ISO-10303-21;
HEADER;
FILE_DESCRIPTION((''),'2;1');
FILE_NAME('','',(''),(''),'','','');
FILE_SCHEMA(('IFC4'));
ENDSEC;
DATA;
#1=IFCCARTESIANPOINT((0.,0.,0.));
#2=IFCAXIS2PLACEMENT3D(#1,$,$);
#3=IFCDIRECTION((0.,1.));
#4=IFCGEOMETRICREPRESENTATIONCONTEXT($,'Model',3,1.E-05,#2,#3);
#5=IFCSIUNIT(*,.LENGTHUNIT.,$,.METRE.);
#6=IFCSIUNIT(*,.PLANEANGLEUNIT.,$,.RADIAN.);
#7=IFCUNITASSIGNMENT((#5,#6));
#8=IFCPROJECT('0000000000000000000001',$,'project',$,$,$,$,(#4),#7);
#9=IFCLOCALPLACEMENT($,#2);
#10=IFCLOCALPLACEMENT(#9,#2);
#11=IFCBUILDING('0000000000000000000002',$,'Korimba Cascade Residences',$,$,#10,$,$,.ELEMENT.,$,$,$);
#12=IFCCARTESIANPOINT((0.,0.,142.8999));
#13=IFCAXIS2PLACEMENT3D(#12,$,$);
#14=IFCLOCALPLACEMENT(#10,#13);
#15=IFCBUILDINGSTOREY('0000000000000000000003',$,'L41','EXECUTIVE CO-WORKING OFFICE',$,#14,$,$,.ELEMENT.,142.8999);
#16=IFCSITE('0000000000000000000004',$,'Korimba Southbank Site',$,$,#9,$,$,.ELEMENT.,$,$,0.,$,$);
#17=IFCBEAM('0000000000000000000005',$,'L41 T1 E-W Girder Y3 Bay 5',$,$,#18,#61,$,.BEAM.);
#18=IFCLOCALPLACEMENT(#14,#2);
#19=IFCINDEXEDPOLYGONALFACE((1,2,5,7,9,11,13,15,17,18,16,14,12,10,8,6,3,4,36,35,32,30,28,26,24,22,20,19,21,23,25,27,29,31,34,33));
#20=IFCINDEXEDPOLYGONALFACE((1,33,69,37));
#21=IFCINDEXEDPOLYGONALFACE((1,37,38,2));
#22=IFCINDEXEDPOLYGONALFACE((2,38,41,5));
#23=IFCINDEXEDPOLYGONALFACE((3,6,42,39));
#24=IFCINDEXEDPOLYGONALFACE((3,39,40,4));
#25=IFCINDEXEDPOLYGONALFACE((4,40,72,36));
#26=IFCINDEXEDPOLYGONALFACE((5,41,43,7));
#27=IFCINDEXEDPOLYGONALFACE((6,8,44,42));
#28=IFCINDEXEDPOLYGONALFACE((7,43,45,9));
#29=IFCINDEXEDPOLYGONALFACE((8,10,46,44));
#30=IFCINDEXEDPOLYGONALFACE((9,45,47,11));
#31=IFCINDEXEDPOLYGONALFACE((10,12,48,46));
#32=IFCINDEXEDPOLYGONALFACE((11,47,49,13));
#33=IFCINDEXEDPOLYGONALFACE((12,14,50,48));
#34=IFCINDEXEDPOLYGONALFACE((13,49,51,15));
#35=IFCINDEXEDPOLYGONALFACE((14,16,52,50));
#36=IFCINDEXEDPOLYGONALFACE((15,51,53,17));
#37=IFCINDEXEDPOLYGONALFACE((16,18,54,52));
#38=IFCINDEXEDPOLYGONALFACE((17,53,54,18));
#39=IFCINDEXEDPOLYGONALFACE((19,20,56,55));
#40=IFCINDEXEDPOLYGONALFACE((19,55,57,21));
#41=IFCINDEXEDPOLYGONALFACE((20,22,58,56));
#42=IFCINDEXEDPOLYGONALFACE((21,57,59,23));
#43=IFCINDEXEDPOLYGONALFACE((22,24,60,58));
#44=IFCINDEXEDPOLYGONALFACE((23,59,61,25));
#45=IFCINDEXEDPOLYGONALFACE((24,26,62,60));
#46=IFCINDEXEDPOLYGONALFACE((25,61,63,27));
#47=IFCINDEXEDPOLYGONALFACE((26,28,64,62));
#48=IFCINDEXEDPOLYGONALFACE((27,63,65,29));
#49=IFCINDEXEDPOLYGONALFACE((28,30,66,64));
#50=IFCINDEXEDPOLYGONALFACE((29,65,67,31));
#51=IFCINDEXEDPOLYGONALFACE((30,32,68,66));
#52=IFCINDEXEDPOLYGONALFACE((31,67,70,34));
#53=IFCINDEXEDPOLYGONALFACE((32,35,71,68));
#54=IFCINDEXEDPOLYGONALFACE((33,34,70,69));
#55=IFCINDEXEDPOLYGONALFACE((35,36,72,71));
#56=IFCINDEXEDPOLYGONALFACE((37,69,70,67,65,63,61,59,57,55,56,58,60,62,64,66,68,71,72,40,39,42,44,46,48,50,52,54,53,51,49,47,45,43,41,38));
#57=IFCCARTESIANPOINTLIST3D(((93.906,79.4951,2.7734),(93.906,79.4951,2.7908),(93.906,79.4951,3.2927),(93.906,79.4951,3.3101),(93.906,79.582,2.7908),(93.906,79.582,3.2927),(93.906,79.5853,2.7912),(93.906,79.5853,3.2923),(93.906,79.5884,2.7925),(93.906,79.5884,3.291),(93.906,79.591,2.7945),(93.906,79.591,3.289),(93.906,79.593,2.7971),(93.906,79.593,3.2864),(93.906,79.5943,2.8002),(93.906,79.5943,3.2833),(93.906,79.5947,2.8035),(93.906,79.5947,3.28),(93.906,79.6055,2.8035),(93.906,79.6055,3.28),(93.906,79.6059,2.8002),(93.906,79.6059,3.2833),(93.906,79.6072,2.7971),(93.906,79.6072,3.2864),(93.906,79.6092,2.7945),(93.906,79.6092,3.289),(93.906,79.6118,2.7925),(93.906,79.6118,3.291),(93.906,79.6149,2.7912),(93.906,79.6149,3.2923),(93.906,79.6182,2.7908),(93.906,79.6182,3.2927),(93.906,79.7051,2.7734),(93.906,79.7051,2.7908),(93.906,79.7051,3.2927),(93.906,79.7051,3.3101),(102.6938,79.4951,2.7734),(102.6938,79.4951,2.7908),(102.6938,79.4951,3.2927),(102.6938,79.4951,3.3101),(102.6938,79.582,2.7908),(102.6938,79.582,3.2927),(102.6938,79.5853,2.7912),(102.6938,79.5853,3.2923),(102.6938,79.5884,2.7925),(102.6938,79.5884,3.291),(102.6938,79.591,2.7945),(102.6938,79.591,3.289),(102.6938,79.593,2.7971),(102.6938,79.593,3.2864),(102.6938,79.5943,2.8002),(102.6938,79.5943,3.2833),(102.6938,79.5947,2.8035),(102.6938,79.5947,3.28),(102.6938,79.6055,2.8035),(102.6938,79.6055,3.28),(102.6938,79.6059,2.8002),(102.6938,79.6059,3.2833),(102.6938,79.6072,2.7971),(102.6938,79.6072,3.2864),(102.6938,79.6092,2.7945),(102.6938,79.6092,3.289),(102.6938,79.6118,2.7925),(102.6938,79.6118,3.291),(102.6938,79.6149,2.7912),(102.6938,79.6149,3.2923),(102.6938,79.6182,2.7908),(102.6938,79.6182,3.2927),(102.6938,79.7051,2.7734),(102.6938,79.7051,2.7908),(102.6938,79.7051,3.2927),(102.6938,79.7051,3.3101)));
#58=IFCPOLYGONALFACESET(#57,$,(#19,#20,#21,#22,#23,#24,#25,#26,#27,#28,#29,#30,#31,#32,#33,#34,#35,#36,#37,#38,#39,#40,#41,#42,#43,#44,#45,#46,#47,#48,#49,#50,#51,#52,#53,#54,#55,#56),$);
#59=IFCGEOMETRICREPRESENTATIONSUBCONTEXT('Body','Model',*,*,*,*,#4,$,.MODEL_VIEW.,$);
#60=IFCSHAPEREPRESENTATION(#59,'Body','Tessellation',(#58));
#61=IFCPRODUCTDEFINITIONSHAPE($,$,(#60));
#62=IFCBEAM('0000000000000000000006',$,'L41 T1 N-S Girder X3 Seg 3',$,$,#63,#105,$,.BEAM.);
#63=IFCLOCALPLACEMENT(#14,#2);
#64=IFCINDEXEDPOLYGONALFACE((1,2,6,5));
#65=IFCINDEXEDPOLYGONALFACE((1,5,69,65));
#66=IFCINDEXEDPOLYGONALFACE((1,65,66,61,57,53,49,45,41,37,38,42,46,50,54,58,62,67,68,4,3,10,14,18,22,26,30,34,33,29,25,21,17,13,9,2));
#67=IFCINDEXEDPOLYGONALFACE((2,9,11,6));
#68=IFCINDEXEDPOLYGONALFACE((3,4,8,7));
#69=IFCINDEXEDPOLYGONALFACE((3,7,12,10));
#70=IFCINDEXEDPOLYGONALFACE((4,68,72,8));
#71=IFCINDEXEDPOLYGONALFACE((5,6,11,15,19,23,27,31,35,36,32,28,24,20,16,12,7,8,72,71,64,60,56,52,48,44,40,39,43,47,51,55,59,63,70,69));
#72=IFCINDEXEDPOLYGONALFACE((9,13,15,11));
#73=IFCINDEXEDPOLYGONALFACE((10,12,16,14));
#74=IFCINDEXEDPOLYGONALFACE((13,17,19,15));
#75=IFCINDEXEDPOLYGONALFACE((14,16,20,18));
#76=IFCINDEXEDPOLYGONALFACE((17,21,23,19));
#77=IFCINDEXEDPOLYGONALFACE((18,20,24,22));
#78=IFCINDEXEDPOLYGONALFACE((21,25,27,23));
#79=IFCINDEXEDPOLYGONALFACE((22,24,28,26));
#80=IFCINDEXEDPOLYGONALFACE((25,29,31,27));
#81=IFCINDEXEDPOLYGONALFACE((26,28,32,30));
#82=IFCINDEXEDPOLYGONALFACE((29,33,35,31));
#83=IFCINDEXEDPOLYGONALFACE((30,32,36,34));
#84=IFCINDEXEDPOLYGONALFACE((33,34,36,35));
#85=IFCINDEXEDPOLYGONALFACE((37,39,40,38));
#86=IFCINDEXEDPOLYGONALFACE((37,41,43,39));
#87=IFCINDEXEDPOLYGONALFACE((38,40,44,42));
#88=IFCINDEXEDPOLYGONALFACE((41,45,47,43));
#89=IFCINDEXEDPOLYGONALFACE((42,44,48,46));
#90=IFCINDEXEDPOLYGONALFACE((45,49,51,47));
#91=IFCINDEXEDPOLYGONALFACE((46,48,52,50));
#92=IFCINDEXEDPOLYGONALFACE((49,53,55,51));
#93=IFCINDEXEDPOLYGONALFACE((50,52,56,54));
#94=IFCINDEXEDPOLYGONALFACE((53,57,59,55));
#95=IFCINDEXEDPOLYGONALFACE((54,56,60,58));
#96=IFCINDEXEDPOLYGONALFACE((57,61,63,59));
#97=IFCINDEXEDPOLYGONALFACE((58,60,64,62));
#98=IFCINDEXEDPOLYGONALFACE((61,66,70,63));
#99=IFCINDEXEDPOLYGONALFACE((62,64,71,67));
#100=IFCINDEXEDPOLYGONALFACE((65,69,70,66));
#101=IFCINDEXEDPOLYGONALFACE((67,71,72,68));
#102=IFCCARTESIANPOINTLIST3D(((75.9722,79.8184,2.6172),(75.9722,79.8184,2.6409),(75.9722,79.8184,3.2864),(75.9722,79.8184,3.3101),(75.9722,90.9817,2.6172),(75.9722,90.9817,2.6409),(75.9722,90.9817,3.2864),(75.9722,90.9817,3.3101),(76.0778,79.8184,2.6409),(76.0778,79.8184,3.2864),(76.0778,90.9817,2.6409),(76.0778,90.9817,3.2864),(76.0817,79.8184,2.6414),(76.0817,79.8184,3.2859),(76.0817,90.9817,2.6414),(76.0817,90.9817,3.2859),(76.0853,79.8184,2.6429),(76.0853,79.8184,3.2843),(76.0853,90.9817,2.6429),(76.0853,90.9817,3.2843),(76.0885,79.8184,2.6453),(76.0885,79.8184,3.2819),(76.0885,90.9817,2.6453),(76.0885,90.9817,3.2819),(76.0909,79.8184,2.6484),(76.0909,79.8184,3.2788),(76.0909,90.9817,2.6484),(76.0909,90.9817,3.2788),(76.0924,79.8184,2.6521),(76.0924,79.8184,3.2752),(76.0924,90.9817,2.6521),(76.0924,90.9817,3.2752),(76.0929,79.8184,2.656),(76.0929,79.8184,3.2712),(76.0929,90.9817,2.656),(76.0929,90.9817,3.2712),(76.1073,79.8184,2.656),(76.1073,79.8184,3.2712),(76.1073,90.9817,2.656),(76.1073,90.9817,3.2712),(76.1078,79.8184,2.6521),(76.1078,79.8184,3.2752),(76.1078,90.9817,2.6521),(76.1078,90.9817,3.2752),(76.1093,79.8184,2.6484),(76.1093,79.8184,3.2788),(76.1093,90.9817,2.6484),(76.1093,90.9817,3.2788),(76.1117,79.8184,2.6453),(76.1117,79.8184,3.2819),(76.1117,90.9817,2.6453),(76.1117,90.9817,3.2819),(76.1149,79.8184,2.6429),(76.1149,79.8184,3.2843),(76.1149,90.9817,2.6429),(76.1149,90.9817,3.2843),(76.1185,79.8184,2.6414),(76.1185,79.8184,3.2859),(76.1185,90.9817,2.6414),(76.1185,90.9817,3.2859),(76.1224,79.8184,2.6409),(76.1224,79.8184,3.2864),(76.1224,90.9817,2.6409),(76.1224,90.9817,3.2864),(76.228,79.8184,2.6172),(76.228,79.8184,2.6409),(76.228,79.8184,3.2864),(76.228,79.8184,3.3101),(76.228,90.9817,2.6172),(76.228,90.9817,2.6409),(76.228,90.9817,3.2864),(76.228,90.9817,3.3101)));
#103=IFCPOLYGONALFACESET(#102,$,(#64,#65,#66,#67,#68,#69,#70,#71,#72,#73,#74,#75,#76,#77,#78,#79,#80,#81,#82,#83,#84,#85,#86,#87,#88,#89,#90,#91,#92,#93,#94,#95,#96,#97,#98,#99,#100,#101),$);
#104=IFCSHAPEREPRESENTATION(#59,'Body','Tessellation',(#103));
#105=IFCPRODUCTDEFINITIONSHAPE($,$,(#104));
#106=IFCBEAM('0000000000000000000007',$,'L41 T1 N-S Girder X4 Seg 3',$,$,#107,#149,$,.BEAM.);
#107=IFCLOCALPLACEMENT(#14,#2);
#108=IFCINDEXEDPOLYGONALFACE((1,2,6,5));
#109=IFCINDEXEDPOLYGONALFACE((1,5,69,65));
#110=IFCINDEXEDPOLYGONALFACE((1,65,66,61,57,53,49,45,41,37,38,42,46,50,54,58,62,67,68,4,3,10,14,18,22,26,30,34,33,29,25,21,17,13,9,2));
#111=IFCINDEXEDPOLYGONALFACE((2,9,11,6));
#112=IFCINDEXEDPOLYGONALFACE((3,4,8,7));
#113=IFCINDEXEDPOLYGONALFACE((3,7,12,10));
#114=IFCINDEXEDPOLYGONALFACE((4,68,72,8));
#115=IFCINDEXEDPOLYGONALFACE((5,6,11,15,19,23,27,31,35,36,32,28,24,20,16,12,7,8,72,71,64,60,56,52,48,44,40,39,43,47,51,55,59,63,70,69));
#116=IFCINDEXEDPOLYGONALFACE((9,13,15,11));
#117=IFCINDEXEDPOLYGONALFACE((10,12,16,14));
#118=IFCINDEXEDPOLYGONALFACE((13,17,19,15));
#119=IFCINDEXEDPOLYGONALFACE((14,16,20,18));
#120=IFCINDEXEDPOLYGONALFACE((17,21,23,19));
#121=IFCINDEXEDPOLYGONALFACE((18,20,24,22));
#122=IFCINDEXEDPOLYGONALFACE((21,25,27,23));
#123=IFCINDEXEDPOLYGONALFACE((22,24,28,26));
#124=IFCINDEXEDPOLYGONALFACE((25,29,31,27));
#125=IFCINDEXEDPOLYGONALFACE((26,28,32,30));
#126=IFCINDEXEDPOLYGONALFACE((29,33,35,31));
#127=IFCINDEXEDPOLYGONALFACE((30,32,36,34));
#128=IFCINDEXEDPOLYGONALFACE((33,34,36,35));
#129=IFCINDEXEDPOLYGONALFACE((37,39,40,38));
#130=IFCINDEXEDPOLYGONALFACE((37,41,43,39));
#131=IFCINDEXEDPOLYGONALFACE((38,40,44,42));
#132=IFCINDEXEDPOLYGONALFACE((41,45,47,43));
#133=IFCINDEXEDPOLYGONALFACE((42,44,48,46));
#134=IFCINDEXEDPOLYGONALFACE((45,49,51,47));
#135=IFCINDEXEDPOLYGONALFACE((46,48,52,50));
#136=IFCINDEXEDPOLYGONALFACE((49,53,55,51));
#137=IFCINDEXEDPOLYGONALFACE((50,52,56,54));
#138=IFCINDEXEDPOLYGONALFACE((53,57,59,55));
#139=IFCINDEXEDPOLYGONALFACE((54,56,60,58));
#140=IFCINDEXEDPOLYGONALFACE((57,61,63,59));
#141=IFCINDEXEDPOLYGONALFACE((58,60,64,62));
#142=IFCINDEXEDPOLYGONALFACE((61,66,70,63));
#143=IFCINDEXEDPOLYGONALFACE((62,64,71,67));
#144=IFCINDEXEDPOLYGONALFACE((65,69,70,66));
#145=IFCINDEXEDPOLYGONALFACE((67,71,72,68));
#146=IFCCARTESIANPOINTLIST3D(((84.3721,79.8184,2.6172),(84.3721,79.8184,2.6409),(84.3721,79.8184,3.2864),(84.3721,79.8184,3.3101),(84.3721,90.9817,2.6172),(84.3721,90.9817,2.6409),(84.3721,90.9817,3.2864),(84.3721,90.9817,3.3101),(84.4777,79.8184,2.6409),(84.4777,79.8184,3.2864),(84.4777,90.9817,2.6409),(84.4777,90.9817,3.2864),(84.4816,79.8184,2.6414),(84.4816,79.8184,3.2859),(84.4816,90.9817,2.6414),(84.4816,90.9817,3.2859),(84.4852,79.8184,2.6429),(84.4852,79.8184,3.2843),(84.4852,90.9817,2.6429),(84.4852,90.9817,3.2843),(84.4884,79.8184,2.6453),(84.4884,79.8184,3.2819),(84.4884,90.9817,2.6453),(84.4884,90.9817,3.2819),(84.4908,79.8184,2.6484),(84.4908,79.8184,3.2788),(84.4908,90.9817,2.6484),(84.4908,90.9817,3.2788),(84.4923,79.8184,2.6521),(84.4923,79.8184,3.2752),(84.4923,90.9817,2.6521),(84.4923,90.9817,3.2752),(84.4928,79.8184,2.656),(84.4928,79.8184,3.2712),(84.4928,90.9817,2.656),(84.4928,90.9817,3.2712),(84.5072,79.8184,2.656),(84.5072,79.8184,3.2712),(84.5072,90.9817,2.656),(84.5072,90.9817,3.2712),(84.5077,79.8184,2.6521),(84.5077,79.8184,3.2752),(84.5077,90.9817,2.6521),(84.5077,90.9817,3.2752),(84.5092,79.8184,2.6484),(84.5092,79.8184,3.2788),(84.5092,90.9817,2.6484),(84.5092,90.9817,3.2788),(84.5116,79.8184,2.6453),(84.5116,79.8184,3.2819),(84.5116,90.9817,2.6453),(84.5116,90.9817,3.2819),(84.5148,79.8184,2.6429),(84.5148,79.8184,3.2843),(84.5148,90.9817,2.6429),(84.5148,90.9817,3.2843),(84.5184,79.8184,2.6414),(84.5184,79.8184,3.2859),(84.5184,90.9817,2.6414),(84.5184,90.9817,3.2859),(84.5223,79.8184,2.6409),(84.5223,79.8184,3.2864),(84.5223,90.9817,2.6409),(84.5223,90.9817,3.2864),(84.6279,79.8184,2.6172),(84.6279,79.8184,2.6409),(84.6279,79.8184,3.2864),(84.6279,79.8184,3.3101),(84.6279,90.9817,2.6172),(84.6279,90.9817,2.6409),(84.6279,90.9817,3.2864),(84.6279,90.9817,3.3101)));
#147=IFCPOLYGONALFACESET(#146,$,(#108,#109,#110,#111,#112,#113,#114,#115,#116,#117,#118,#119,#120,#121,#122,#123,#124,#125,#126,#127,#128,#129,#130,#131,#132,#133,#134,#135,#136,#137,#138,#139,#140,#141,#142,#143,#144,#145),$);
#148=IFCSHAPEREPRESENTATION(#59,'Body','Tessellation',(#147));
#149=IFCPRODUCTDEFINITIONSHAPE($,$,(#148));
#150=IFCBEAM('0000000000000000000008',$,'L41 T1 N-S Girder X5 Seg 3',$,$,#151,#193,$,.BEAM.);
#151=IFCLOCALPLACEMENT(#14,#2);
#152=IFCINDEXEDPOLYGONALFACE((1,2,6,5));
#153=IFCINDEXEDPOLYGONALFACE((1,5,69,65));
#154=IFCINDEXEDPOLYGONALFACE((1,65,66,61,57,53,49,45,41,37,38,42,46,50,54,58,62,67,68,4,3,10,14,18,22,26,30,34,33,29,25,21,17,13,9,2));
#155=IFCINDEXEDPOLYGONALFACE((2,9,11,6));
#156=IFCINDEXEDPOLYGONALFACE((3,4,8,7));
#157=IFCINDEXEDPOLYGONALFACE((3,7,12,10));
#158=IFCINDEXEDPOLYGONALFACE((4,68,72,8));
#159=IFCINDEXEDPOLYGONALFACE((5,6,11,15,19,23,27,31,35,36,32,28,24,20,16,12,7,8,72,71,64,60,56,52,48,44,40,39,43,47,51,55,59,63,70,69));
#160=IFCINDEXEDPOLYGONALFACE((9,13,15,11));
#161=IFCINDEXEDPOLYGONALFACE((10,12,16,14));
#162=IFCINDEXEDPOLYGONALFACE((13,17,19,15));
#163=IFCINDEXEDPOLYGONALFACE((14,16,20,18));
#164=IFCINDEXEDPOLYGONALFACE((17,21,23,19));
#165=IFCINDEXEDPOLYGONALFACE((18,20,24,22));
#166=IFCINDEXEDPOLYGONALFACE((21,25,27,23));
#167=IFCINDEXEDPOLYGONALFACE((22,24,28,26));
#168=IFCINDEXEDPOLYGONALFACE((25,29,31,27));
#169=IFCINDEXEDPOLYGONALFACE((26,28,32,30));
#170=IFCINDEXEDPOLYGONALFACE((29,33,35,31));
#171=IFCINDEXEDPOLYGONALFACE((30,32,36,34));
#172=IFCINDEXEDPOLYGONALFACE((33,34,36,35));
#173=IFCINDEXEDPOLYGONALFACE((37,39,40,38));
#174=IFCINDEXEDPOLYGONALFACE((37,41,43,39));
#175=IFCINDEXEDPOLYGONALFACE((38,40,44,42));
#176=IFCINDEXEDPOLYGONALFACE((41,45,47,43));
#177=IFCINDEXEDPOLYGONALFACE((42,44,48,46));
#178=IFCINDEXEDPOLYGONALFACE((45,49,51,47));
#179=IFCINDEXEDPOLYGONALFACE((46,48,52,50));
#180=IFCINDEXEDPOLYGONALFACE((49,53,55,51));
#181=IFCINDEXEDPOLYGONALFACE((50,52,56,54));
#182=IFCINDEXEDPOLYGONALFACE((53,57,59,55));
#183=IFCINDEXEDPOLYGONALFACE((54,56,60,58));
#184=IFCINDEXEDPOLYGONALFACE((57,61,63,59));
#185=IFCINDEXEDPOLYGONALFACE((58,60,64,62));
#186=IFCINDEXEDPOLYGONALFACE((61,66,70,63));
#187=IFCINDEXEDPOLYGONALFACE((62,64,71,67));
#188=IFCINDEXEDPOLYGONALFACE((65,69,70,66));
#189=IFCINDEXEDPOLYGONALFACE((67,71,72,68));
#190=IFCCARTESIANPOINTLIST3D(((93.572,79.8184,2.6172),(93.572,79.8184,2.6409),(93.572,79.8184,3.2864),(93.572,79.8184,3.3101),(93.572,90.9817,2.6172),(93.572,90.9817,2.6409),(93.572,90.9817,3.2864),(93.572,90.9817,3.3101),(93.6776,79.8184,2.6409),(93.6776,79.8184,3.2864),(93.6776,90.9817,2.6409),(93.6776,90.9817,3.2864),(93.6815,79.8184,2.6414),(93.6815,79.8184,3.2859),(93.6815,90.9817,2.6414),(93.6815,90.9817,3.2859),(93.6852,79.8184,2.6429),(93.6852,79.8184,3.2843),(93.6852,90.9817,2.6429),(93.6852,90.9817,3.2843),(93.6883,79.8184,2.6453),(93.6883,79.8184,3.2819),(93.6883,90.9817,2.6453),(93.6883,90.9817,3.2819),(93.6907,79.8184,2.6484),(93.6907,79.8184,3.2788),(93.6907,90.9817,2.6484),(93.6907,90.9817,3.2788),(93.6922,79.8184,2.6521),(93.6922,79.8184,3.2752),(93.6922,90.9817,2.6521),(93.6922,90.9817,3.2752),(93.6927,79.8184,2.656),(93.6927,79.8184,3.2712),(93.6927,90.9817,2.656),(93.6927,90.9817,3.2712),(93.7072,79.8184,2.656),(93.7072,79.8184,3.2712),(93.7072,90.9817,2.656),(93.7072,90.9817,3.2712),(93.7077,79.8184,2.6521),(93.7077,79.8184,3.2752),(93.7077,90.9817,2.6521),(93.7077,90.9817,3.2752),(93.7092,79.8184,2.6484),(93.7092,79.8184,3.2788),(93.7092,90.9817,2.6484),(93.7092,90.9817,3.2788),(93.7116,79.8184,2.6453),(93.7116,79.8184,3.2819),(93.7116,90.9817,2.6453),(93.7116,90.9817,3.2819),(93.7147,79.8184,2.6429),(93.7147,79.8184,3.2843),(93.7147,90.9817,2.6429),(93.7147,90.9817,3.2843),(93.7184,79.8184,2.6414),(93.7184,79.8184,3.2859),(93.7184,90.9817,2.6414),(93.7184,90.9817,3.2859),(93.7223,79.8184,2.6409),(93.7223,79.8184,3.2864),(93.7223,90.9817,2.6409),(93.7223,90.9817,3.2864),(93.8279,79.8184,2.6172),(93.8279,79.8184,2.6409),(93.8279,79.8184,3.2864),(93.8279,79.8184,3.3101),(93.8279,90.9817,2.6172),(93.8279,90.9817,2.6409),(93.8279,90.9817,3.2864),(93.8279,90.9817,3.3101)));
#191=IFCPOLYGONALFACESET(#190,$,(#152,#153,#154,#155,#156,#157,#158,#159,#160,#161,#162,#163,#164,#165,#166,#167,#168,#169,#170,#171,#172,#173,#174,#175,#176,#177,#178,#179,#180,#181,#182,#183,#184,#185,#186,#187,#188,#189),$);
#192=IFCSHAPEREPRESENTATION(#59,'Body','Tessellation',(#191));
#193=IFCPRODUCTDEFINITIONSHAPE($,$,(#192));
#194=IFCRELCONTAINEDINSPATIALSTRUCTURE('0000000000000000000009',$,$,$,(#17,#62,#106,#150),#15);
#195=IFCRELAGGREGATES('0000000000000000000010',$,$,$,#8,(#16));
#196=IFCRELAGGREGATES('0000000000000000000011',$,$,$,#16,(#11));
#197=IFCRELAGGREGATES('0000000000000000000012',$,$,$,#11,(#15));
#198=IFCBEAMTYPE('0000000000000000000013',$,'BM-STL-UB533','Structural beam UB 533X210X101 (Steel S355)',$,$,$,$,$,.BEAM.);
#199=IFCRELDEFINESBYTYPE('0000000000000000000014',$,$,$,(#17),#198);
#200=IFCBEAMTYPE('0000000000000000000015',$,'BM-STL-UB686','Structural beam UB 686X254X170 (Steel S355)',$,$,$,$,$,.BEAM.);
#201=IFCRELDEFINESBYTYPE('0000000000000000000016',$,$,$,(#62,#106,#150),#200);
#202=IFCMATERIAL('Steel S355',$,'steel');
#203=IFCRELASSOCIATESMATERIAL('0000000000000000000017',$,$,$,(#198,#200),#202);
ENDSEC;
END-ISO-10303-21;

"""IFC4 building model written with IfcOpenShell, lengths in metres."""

from ifc_helpers import new_model, si_unit, direction, frame, origin, origin_2d, place, context, subcontext, project, spatial, i_section, extrude, material, material_profile, profile_set, type_object, element, save


model = new_model("IFC4")

# Units and contexts
model_context = context("Model", 3, precision=1e-05, world=origin(), true_north=direction((0.0, 1.0)))
body_context = subcontext(model_context, "Body", "Model", "MODEL_VIEW")
ifc_project = project(units=[si_unit("LENGTHUNIT", "METRE"), si_unit("PLANEANGLEUNIT", "RADIAN")], contexts=[model_context])

# Site, building, storey
site_placement = place(None, origin())
site = spatial("IfcSite", under=ifc_project, at=site_placement, Name="Korimba Southbank Site", CompositionType="ELEMENT", RefElevation=0.0)
building_placement = place(site_placement, origin())
building = spatial("IfcBuilding", under=site, at=building_placement, Name="Korimba Cascade Residences", CompositionType="ELEMENT")
storey_placement = place(building_placement, frame((0.0, 0.0, 142.8999)))
storey = spatial("IfcBuildingStorey", under=building, at=storey_placement, Name="L41", Description="EXECUTIVE CO-WORKING OFFICE", CompositionType="ELEMENT", Elevation=142.8999)

# Beams
ifc_material_1 = material(Name="Steel S355", Category="steel")
ifc_material_profile_1 = material_profile(ifc_material_1, i_section(OverallWidth=0.21, OverallDepth=0.5366, WebThickness=0.0107, FlangeThickness=0.0173, FilletRadius=0.0127, at=origin_2d()), Name="Steel S355")
ifc_profile_set_1 = profile_set([ifc_material_profile_1], Name="Steel S355")
beam_type_1 = type_object("IfcBeamType", Name="BM-STL-UB533", Description="Structural beam UB 533X210X101 (Steel S355)", PredefinedType="BEAM", material=ifc_profile_set_1)
for number, where, z_axis, x_axis, name in (
    (1, (93.906, 79.6001, 3.0417), (1.0, 0.0, 0.0), (0.0, 1.0, 0.0), "L41 T1 E-W Girder Y3 Bay 5"),
):
    element("IfcBeam", number, at=place(storey_placement, frame(where, z_axis=z_axis, x_axis=x_axis)), inside=storey, type_object=beam_type_1, Name=name, PredefinedType="BEAM", context=body_context, shape_type="SweptSolid", body=[
        extrude(i_section(OverallWidth=0.21, OverallDepth=0.5366, WebThickness=0.0107, FlangeThickness=0.0173, FilletRadius=0.0127, at=origin_2d()), origin(), (0.0, 0.0, 1.0), 8.7878),
    ])
ifc_material_profile_2 = material_profile(ifc_material_1, i_section(OverallWidth=0.2559, OverallDepth=0.6929, WebThickness=0.0144, FlangeThickness=0.0237, FilletRadius=0.0151, at=origin_2d()), Name="Steel S355")
ifc_profile_set_2 = profile_set([ifc_material_profile_2], Name="Steel S355")
beam_type_2 = type_object("IfcBeamType", Name="BM-STL-UB686", Description="Structural beam UB 686X254X170 (Steel S355)", PredefinedType="BEAM", material=ifc_profile_set_2)
for number, where, z_axis, x_axis, name in (
    (2, (76.1001, 79.8184, 2.9636), (0.0, 1.0, 0.0), (-1.0, 0.0, 0.0), "L41 T1 N-S Girder X3 Seg 3"),
    (3, (84.5, 79.8184, 2.9636), (0.0, 1.0, 0.0), (-1.0, 0.0, 0.0), "L41 T1 N-S Girder X4 Seg 3"),
    (4, (93.7, 79.8184, 2.9636), (0.0, 1.0, 0.0), (-1.0, 0.0, 0.0), "L41 T1 N-S Girder X5 Seg 3"),
):
    element("IfcBeam", number, at=place(storey_placement, frame(where, z_axis=z_axis, x_axis=x_axis)), inside=storey, type_object=beam_type_2, Name=name, PredefinedType="BEAM", context=body_context, shape_type="SweptSolid", body=[
        extrude(i_section(OverallWidth=0.2559, OverallDepth=0.6929, WebThickness=0.0144, FlangeThickness=0.0237, FilletRadius=0.0151, at=origin_2d()), origin(), (0.0, 0.0, 1.0), 11.1633),
    ])

save(model, "model.ifc")
